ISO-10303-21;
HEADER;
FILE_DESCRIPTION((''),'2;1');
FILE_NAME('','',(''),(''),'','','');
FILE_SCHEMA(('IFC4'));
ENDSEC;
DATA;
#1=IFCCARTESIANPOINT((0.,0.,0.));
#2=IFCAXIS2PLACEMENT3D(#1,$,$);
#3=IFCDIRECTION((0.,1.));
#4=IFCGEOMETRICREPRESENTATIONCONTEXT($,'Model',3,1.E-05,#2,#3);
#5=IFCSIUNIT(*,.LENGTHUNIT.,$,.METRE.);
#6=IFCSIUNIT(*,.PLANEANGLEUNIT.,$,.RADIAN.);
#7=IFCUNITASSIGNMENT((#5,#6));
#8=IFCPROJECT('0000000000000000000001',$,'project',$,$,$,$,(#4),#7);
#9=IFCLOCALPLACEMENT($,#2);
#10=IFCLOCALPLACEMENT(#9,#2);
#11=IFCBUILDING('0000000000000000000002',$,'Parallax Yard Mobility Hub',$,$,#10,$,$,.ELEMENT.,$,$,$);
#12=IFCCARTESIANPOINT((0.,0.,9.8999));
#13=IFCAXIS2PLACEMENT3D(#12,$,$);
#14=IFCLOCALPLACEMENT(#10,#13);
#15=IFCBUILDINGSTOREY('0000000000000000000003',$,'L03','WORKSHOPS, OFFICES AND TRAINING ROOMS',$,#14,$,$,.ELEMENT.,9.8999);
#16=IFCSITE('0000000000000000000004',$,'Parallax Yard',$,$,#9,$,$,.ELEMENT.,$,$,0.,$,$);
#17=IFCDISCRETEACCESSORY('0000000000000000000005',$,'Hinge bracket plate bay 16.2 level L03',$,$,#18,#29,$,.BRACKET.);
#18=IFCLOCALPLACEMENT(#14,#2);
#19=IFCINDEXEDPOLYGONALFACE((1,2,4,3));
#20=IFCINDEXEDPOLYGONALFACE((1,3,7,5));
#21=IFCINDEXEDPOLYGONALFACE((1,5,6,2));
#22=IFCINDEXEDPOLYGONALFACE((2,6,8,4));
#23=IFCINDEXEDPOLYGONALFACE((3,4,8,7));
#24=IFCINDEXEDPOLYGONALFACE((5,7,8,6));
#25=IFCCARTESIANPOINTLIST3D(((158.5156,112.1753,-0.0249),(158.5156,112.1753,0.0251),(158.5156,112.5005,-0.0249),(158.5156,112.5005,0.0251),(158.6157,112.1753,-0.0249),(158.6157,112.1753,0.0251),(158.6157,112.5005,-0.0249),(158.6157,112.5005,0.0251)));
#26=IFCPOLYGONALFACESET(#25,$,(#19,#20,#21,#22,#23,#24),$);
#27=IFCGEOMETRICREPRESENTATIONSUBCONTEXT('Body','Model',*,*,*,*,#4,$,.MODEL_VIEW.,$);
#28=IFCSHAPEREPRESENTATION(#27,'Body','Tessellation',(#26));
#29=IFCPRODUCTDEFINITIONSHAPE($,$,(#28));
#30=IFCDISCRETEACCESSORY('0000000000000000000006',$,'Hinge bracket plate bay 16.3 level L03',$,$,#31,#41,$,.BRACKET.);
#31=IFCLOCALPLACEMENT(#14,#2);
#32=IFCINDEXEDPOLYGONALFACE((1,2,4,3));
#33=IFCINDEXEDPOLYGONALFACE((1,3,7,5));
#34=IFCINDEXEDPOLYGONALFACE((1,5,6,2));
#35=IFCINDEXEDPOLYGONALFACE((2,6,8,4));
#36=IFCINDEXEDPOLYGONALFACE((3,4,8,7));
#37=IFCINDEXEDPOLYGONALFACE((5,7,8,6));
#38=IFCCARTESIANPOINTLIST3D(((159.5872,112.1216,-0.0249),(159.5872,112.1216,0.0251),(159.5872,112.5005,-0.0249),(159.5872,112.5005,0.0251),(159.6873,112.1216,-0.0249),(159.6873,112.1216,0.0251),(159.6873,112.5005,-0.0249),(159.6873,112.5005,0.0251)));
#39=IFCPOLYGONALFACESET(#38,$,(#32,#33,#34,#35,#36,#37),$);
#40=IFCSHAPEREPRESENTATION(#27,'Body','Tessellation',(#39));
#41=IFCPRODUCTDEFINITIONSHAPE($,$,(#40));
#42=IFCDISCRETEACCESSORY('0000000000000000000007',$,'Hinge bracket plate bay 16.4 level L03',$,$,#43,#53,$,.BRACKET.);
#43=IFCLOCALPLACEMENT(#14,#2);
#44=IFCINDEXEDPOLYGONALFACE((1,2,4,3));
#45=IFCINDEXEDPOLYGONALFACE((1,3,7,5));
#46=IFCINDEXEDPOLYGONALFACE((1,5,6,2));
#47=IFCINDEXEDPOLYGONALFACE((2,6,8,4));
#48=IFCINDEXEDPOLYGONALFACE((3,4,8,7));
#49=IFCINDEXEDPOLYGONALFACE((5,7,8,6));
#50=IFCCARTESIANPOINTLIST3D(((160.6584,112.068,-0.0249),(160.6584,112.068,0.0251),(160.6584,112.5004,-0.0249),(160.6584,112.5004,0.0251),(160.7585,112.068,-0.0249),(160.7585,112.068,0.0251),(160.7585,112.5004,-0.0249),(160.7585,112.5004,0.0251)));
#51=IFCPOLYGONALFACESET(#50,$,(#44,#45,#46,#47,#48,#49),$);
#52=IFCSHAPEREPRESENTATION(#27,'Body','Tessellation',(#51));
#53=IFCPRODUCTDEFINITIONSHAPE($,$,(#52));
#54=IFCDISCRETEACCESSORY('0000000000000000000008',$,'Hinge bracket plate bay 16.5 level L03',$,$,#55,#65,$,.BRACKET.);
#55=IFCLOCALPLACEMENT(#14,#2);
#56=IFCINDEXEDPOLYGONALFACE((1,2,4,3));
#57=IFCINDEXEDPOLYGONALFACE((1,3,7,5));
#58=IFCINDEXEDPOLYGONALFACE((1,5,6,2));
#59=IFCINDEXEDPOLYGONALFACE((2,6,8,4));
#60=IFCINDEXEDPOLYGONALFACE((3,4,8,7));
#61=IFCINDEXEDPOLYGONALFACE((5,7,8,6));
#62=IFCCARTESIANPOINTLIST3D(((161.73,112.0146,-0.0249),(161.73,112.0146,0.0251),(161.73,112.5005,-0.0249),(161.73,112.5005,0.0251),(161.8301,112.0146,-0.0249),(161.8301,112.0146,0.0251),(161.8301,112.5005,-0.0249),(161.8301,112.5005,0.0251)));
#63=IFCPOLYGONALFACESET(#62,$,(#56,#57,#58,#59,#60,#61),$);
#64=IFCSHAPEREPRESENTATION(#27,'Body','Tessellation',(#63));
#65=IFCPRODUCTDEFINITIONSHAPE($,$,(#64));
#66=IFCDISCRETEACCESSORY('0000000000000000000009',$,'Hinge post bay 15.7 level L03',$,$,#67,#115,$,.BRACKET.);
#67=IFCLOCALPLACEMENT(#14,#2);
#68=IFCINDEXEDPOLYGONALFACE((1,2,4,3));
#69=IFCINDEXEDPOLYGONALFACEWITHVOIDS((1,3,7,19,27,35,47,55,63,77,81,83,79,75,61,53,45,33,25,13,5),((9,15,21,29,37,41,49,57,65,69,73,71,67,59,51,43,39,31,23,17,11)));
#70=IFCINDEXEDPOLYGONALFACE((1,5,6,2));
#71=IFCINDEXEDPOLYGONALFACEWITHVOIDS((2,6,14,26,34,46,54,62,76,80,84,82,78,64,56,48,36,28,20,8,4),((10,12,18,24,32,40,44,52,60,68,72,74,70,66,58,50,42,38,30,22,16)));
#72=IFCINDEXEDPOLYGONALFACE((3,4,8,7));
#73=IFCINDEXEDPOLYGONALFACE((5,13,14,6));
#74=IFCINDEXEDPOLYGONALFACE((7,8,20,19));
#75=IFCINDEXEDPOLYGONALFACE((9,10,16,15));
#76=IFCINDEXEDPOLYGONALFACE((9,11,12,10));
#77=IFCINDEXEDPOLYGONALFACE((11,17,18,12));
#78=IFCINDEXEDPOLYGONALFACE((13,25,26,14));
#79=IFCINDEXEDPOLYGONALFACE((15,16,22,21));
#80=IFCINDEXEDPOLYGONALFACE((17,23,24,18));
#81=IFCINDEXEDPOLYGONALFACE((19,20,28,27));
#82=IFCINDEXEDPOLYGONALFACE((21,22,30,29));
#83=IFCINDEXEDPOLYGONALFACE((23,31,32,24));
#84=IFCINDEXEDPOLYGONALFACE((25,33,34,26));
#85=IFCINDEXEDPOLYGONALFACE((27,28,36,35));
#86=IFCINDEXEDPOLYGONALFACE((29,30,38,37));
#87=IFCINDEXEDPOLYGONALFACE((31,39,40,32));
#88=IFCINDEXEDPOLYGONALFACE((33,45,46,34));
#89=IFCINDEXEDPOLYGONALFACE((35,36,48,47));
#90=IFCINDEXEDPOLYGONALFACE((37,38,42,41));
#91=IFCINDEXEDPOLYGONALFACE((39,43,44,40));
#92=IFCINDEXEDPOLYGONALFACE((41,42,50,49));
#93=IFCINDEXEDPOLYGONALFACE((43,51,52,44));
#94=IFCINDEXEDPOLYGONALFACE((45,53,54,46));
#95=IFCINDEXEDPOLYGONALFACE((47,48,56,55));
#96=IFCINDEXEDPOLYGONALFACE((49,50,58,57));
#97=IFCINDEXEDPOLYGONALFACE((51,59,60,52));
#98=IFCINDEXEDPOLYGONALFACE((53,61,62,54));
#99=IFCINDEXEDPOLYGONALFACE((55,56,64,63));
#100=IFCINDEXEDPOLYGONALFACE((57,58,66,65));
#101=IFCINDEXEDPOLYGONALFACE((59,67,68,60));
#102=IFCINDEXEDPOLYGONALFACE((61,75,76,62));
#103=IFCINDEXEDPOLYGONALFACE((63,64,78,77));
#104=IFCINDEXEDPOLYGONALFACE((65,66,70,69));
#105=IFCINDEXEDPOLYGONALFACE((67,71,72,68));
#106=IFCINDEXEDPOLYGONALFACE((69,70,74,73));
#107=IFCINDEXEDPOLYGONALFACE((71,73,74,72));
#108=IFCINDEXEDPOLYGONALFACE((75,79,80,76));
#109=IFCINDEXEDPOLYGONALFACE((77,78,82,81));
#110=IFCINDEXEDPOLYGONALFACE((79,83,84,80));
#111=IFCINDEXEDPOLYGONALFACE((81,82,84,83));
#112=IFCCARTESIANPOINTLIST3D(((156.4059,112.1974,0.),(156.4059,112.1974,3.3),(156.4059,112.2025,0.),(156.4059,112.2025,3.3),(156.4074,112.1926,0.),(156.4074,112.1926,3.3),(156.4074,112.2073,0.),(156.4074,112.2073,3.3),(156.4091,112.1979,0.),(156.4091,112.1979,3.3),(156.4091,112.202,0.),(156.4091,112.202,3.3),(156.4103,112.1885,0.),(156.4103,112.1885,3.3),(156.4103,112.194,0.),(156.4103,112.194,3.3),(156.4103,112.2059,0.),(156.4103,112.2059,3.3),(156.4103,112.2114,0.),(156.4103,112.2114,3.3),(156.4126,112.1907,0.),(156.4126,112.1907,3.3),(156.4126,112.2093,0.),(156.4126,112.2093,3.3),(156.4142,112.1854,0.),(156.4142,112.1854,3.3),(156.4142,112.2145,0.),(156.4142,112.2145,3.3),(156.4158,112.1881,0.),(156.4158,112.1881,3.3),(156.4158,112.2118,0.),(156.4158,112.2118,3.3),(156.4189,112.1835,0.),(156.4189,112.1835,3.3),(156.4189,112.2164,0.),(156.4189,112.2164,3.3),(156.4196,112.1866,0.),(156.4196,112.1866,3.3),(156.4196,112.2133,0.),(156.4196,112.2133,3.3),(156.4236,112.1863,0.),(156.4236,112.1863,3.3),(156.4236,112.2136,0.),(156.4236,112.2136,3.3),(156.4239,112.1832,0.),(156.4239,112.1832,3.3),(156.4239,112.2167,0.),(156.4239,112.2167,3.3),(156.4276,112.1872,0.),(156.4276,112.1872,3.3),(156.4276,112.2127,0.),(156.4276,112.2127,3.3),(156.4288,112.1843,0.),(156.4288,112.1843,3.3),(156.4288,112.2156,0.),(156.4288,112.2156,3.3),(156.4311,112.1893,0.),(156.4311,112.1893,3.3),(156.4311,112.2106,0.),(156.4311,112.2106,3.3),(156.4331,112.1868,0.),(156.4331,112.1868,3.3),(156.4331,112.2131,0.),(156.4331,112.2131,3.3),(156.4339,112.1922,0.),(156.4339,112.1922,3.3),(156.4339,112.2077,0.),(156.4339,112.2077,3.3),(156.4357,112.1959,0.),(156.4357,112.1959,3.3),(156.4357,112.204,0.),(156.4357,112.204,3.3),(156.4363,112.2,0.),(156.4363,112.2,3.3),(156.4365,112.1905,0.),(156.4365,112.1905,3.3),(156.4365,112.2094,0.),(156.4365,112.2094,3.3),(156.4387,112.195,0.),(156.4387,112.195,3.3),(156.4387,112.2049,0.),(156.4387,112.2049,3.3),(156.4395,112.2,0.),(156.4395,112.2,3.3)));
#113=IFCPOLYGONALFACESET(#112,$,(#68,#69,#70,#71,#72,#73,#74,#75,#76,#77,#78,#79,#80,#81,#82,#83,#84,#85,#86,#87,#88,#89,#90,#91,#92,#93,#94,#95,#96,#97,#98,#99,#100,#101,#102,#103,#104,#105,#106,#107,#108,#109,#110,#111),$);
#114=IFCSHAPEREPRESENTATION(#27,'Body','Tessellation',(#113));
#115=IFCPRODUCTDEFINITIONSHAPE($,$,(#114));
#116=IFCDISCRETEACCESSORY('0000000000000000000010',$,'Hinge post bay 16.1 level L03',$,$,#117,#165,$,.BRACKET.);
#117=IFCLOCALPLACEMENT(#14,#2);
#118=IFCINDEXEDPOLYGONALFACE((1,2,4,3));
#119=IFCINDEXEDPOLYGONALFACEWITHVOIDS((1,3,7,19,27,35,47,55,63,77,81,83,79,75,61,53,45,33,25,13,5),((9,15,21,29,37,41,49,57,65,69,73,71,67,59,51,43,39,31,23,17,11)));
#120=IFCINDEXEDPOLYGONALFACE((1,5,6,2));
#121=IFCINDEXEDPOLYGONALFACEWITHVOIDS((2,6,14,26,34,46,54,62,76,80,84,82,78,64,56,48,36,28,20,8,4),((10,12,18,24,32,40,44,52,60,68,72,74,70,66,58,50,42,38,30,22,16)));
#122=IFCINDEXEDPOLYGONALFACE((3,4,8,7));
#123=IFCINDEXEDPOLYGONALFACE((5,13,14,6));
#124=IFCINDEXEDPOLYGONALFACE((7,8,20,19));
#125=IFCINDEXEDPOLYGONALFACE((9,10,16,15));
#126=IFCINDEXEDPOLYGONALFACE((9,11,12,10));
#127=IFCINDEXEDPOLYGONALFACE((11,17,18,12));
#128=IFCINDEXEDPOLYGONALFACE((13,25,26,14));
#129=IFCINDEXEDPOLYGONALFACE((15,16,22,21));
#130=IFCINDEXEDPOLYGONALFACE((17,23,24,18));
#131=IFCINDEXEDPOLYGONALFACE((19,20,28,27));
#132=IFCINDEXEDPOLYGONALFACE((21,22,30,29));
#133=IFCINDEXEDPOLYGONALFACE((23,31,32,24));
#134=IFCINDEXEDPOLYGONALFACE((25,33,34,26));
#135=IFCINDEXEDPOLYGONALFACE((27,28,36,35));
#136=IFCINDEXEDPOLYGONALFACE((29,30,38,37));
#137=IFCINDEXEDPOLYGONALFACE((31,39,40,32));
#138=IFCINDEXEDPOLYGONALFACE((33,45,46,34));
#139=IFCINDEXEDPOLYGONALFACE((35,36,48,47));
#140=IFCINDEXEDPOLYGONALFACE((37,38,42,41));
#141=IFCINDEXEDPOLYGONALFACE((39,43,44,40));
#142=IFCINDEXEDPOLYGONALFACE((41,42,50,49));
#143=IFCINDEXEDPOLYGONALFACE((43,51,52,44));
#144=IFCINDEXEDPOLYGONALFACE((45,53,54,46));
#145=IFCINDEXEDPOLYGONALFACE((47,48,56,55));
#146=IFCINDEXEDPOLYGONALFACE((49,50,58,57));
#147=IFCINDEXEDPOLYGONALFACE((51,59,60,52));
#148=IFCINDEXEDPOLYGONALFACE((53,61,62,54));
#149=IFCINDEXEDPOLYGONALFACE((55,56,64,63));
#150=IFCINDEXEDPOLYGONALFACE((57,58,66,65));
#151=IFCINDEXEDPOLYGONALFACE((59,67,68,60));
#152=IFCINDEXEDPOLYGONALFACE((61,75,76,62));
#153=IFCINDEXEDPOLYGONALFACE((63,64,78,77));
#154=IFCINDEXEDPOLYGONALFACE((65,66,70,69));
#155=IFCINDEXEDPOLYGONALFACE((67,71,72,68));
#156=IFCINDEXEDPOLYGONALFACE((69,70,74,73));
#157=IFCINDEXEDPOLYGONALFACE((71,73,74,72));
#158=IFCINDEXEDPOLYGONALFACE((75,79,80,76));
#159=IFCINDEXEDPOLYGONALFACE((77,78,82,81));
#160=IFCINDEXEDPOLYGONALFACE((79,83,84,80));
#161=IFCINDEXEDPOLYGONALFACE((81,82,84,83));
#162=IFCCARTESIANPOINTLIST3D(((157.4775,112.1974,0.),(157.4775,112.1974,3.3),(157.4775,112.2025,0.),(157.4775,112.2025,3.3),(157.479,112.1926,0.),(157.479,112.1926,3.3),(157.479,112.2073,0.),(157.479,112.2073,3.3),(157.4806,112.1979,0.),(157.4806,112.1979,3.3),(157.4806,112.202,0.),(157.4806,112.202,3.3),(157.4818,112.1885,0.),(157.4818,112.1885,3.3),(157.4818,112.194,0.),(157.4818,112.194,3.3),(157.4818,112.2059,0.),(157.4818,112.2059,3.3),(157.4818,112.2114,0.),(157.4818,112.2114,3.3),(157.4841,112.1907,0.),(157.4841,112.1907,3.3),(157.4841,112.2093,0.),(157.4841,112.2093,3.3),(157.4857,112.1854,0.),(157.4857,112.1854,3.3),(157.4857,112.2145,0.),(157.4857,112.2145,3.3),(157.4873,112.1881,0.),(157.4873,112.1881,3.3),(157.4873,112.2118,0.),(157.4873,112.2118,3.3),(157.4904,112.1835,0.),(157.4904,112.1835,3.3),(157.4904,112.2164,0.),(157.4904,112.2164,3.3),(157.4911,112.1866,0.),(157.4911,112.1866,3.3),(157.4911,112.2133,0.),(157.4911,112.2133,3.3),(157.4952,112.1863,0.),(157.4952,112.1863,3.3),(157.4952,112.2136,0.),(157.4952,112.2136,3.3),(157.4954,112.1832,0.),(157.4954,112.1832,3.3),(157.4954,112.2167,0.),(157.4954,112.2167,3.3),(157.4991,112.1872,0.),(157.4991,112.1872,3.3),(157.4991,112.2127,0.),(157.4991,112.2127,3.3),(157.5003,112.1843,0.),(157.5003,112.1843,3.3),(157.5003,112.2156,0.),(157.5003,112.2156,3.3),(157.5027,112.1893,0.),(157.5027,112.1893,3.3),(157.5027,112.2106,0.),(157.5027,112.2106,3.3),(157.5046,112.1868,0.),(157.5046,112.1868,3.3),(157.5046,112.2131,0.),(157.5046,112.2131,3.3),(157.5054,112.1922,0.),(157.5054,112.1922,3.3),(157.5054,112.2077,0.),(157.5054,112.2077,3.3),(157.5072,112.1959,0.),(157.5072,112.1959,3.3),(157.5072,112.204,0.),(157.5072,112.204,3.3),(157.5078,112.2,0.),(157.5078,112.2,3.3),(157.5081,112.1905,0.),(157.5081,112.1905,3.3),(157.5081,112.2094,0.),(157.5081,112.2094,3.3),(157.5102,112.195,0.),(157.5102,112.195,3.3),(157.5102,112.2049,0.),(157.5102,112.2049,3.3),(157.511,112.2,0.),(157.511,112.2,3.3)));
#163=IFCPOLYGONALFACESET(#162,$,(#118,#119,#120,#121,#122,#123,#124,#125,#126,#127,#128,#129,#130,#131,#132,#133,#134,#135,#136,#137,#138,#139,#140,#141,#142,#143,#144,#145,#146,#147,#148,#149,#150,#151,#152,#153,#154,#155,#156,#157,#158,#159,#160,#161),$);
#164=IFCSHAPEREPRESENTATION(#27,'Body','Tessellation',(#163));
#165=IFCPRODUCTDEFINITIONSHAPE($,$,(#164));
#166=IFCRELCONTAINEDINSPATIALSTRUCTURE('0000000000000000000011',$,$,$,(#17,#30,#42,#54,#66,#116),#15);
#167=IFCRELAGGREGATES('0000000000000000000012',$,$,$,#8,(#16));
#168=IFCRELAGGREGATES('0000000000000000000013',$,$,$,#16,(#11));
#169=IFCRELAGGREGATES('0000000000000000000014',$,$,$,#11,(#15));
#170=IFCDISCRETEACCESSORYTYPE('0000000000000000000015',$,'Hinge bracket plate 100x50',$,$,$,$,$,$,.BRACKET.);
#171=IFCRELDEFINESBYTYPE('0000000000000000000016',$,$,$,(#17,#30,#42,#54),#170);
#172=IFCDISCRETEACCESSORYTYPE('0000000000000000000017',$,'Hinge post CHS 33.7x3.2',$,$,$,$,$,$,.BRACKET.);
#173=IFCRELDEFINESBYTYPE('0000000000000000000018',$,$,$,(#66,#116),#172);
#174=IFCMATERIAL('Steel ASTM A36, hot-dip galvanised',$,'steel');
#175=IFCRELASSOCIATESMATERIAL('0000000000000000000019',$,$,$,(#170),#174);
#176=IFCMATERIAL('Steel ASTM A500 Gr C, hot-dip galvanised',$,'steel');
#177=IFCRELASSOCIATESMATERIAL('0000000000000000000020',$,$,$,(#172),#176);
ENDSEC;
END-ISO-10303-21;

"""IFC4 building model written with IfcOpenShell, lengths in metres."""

from ifc_helpers import new_model, si_unit, direction, frame, origin, origin_2d, place, context, subcontext, project, spatial, rectangle, hollow_circle, extrude, material, material_profile, profile_set, type_object, element, save


model = new_model("IFC4")

# Units and contexts
model_context = context("Model", 3, precision=1e-05, world=origin(), true_north=direction((0.0, 1.0)))
body_context = subcontext(model_context, "Body", "Model", "MODEL_VIEW")
ifc_project = project(units=[si_unit("LENGTHUNIT", "METRE"), si_unit("PLANEANGLEUNIT", "RADIAN")], contexts=[model_context])

# Site, building, storey
site_placement = place(None, origin())
site = spatial("IfcSite", under=ifc_project, at=site_placement, Name="Parallax Yard", CompositionType="ELEMENT", RefElevation=0.0)
building_placement = place(site_placement, origin())
building = spatial("IfcBuilding", under=site, at=building_placement, Name="Parallax Yard Mobility Hub", CompositionType="ELEMENT")
storey_placement = place(building_placement, frame((0.0, 0.0, 9.8999)))
storey = spatial("IfcBuildingStorey", under=building, at=storey_placement, Name="L03", Description="WORKSHOPS, OFFICES AND TRAINING ROOMS", CompositionType="ELEMENT", Elevation=9.8999)

# Discrete accessories
ifc_material_1 = material(Name="Steel ASTM A36, hot-dip galvanised", Category="steel")
discrete_accessory_type_1 = type_object("IfcDiscreteAccessoryType", Name="Hinge bracket plate 100x50", PredefinedType="BRACKET", material=ifc_material_1)
discrete_accessory_1_placement = place(storey_placement, frame((158.5657, 112.3379, -0.0249), z_axis=(0.0, 0.0, 1.0), x_axis=(0.0, -1.0, 0.0)))
element("IfcDiscreteAccessory", 1, at=discrete_accessory_1_placement, inside=storey, type_object=discrete_accessory_type_1, Name="Hinge bracket plate bay 16.2 level L03", PredefinedType="BRACKET", context=body_context, shape_type="SweptSolid", body=[
    extrude(rectangle(XDim=0.3252, YDim=0.1001, at=origin_2d()), origin(), (0.0, 0.0, 1.0), 0.05),
])
discrete_accessory_2_placement = place(storey_placement, frame((159.6372, 112.311, -0.0249), z_axis=(0.0, 0.0, 1.0), x_axis=(0.0, -1.0, 0.0)))
element("IfcDiscreteAccessory", 2, at=discrete_accessory_2_placement, inside=storey, type_object=discrete_accessory_type_1, Name="Hinge bracket plate bay 16.3 level L03", PredefinedType="BRACKET", context=body_context, shape_type="SweptSolid", body=[
    extrude(rectangle(XDim=0.3789, YDim=0.1001, at=origin_2d()), origin(), (0.0, 0.0, 1.0), 0.05),
])
discrete_accessory_3_placement = place(storey_placement, frame((160.7085, 112.2842, -0.0249), z_axis=(0.0, 0.0, 1.0), x_axis=(0.0, -1.0, 0.0)))
element("IfcDiscreteAccessory", 3, at=discrete_accessory_3_placement, inside=storey, type_object=discrete_accessory_type_1, Name="Hinge bracket plate bay 16.4 level L03", PredefinedType="BRACKET", context=body_context, shape_type="SweptSolid", body=[
    extrude(rectangle(XDim=0.4324, YDim=0.1001, at=origin_2d()), origin(), (0.0, 0.0, 1.0), 0.05),
])
discrete_accessory_4_placement = place(storey_placement, frame((161.78, 112.2576, -0.0249), z_axis=(0.0, 0.0, 1.0), x_axis=(0.0, -1.0, 0.0)))
element("IfcDiscreteAccessory", 4, at=discrete_accessory_4_placement, inside=storey, type_object=discrete_accessory_type_1, Name="Hinge bracket plate bay 16.5 level L03", PredefinedType="BRACKET", context=body_context, shape_type="SweptSolid", body=[
    extrude(rectangle(XDim=0.4858, YDim=0.1001, at=origin_2d()), origin(), (0.0, 0.0, 1.0), 0.05),
])
ifc_material_2 = material(Name="Steel ASTM A500 Gr C, hot-dip galvanised", Category="steel")
ifc_material_profile_1 = material_profile(ifc_material_2, hollow_circle(Radius=0.0168, WallThickness=0.0032, at=origin_2d()), Name="CHS 33.7x3.2")
ifc_profile_set_1 = profile_set([ifc_material_profile_1], Name="Steel ASTM A500 Gr C, hot-dip galvanised")
discrete_accessory_type_2 = type_object("IfcDiscreteAccessoryType", Name="Hinge post CHS 33.7x3.2", PredefinedType="BRACKET", material=ifc_profile_set_1)
for number, where, z_axis, x_axis, name in (
    (5, (156.4226, 112.2, 0.0), (0.0, 0.0, 1.0), (1.0, 0.0, 0.0), "Hinge post bay 15.7 level L03"),
    (6, (157.4941, 112.2, 0.0), (0.0, 0.0, 1.0), (1.0, 0.0, 0.0), "Hinge post bay 16.1 level L03"),
):
    element("IfcDiscreteAccessory", number, at=place(storey_placement, frame(where, z_axis=z_axis, x_axis=x_axis)), inside=storey, type_object=discrete_accessory_type_2, Name=name, PredefinedType="BRACKET", context=body_context, shape_type="SweptSolid", body=[
        extrude(hollow_circle(Radius=0.0168, WallThickness=0.0032, at=origin_2d()), origin(), (0.0, 0.0, 1.0), 3.3),
    ])

save(model, "model.ifc")
